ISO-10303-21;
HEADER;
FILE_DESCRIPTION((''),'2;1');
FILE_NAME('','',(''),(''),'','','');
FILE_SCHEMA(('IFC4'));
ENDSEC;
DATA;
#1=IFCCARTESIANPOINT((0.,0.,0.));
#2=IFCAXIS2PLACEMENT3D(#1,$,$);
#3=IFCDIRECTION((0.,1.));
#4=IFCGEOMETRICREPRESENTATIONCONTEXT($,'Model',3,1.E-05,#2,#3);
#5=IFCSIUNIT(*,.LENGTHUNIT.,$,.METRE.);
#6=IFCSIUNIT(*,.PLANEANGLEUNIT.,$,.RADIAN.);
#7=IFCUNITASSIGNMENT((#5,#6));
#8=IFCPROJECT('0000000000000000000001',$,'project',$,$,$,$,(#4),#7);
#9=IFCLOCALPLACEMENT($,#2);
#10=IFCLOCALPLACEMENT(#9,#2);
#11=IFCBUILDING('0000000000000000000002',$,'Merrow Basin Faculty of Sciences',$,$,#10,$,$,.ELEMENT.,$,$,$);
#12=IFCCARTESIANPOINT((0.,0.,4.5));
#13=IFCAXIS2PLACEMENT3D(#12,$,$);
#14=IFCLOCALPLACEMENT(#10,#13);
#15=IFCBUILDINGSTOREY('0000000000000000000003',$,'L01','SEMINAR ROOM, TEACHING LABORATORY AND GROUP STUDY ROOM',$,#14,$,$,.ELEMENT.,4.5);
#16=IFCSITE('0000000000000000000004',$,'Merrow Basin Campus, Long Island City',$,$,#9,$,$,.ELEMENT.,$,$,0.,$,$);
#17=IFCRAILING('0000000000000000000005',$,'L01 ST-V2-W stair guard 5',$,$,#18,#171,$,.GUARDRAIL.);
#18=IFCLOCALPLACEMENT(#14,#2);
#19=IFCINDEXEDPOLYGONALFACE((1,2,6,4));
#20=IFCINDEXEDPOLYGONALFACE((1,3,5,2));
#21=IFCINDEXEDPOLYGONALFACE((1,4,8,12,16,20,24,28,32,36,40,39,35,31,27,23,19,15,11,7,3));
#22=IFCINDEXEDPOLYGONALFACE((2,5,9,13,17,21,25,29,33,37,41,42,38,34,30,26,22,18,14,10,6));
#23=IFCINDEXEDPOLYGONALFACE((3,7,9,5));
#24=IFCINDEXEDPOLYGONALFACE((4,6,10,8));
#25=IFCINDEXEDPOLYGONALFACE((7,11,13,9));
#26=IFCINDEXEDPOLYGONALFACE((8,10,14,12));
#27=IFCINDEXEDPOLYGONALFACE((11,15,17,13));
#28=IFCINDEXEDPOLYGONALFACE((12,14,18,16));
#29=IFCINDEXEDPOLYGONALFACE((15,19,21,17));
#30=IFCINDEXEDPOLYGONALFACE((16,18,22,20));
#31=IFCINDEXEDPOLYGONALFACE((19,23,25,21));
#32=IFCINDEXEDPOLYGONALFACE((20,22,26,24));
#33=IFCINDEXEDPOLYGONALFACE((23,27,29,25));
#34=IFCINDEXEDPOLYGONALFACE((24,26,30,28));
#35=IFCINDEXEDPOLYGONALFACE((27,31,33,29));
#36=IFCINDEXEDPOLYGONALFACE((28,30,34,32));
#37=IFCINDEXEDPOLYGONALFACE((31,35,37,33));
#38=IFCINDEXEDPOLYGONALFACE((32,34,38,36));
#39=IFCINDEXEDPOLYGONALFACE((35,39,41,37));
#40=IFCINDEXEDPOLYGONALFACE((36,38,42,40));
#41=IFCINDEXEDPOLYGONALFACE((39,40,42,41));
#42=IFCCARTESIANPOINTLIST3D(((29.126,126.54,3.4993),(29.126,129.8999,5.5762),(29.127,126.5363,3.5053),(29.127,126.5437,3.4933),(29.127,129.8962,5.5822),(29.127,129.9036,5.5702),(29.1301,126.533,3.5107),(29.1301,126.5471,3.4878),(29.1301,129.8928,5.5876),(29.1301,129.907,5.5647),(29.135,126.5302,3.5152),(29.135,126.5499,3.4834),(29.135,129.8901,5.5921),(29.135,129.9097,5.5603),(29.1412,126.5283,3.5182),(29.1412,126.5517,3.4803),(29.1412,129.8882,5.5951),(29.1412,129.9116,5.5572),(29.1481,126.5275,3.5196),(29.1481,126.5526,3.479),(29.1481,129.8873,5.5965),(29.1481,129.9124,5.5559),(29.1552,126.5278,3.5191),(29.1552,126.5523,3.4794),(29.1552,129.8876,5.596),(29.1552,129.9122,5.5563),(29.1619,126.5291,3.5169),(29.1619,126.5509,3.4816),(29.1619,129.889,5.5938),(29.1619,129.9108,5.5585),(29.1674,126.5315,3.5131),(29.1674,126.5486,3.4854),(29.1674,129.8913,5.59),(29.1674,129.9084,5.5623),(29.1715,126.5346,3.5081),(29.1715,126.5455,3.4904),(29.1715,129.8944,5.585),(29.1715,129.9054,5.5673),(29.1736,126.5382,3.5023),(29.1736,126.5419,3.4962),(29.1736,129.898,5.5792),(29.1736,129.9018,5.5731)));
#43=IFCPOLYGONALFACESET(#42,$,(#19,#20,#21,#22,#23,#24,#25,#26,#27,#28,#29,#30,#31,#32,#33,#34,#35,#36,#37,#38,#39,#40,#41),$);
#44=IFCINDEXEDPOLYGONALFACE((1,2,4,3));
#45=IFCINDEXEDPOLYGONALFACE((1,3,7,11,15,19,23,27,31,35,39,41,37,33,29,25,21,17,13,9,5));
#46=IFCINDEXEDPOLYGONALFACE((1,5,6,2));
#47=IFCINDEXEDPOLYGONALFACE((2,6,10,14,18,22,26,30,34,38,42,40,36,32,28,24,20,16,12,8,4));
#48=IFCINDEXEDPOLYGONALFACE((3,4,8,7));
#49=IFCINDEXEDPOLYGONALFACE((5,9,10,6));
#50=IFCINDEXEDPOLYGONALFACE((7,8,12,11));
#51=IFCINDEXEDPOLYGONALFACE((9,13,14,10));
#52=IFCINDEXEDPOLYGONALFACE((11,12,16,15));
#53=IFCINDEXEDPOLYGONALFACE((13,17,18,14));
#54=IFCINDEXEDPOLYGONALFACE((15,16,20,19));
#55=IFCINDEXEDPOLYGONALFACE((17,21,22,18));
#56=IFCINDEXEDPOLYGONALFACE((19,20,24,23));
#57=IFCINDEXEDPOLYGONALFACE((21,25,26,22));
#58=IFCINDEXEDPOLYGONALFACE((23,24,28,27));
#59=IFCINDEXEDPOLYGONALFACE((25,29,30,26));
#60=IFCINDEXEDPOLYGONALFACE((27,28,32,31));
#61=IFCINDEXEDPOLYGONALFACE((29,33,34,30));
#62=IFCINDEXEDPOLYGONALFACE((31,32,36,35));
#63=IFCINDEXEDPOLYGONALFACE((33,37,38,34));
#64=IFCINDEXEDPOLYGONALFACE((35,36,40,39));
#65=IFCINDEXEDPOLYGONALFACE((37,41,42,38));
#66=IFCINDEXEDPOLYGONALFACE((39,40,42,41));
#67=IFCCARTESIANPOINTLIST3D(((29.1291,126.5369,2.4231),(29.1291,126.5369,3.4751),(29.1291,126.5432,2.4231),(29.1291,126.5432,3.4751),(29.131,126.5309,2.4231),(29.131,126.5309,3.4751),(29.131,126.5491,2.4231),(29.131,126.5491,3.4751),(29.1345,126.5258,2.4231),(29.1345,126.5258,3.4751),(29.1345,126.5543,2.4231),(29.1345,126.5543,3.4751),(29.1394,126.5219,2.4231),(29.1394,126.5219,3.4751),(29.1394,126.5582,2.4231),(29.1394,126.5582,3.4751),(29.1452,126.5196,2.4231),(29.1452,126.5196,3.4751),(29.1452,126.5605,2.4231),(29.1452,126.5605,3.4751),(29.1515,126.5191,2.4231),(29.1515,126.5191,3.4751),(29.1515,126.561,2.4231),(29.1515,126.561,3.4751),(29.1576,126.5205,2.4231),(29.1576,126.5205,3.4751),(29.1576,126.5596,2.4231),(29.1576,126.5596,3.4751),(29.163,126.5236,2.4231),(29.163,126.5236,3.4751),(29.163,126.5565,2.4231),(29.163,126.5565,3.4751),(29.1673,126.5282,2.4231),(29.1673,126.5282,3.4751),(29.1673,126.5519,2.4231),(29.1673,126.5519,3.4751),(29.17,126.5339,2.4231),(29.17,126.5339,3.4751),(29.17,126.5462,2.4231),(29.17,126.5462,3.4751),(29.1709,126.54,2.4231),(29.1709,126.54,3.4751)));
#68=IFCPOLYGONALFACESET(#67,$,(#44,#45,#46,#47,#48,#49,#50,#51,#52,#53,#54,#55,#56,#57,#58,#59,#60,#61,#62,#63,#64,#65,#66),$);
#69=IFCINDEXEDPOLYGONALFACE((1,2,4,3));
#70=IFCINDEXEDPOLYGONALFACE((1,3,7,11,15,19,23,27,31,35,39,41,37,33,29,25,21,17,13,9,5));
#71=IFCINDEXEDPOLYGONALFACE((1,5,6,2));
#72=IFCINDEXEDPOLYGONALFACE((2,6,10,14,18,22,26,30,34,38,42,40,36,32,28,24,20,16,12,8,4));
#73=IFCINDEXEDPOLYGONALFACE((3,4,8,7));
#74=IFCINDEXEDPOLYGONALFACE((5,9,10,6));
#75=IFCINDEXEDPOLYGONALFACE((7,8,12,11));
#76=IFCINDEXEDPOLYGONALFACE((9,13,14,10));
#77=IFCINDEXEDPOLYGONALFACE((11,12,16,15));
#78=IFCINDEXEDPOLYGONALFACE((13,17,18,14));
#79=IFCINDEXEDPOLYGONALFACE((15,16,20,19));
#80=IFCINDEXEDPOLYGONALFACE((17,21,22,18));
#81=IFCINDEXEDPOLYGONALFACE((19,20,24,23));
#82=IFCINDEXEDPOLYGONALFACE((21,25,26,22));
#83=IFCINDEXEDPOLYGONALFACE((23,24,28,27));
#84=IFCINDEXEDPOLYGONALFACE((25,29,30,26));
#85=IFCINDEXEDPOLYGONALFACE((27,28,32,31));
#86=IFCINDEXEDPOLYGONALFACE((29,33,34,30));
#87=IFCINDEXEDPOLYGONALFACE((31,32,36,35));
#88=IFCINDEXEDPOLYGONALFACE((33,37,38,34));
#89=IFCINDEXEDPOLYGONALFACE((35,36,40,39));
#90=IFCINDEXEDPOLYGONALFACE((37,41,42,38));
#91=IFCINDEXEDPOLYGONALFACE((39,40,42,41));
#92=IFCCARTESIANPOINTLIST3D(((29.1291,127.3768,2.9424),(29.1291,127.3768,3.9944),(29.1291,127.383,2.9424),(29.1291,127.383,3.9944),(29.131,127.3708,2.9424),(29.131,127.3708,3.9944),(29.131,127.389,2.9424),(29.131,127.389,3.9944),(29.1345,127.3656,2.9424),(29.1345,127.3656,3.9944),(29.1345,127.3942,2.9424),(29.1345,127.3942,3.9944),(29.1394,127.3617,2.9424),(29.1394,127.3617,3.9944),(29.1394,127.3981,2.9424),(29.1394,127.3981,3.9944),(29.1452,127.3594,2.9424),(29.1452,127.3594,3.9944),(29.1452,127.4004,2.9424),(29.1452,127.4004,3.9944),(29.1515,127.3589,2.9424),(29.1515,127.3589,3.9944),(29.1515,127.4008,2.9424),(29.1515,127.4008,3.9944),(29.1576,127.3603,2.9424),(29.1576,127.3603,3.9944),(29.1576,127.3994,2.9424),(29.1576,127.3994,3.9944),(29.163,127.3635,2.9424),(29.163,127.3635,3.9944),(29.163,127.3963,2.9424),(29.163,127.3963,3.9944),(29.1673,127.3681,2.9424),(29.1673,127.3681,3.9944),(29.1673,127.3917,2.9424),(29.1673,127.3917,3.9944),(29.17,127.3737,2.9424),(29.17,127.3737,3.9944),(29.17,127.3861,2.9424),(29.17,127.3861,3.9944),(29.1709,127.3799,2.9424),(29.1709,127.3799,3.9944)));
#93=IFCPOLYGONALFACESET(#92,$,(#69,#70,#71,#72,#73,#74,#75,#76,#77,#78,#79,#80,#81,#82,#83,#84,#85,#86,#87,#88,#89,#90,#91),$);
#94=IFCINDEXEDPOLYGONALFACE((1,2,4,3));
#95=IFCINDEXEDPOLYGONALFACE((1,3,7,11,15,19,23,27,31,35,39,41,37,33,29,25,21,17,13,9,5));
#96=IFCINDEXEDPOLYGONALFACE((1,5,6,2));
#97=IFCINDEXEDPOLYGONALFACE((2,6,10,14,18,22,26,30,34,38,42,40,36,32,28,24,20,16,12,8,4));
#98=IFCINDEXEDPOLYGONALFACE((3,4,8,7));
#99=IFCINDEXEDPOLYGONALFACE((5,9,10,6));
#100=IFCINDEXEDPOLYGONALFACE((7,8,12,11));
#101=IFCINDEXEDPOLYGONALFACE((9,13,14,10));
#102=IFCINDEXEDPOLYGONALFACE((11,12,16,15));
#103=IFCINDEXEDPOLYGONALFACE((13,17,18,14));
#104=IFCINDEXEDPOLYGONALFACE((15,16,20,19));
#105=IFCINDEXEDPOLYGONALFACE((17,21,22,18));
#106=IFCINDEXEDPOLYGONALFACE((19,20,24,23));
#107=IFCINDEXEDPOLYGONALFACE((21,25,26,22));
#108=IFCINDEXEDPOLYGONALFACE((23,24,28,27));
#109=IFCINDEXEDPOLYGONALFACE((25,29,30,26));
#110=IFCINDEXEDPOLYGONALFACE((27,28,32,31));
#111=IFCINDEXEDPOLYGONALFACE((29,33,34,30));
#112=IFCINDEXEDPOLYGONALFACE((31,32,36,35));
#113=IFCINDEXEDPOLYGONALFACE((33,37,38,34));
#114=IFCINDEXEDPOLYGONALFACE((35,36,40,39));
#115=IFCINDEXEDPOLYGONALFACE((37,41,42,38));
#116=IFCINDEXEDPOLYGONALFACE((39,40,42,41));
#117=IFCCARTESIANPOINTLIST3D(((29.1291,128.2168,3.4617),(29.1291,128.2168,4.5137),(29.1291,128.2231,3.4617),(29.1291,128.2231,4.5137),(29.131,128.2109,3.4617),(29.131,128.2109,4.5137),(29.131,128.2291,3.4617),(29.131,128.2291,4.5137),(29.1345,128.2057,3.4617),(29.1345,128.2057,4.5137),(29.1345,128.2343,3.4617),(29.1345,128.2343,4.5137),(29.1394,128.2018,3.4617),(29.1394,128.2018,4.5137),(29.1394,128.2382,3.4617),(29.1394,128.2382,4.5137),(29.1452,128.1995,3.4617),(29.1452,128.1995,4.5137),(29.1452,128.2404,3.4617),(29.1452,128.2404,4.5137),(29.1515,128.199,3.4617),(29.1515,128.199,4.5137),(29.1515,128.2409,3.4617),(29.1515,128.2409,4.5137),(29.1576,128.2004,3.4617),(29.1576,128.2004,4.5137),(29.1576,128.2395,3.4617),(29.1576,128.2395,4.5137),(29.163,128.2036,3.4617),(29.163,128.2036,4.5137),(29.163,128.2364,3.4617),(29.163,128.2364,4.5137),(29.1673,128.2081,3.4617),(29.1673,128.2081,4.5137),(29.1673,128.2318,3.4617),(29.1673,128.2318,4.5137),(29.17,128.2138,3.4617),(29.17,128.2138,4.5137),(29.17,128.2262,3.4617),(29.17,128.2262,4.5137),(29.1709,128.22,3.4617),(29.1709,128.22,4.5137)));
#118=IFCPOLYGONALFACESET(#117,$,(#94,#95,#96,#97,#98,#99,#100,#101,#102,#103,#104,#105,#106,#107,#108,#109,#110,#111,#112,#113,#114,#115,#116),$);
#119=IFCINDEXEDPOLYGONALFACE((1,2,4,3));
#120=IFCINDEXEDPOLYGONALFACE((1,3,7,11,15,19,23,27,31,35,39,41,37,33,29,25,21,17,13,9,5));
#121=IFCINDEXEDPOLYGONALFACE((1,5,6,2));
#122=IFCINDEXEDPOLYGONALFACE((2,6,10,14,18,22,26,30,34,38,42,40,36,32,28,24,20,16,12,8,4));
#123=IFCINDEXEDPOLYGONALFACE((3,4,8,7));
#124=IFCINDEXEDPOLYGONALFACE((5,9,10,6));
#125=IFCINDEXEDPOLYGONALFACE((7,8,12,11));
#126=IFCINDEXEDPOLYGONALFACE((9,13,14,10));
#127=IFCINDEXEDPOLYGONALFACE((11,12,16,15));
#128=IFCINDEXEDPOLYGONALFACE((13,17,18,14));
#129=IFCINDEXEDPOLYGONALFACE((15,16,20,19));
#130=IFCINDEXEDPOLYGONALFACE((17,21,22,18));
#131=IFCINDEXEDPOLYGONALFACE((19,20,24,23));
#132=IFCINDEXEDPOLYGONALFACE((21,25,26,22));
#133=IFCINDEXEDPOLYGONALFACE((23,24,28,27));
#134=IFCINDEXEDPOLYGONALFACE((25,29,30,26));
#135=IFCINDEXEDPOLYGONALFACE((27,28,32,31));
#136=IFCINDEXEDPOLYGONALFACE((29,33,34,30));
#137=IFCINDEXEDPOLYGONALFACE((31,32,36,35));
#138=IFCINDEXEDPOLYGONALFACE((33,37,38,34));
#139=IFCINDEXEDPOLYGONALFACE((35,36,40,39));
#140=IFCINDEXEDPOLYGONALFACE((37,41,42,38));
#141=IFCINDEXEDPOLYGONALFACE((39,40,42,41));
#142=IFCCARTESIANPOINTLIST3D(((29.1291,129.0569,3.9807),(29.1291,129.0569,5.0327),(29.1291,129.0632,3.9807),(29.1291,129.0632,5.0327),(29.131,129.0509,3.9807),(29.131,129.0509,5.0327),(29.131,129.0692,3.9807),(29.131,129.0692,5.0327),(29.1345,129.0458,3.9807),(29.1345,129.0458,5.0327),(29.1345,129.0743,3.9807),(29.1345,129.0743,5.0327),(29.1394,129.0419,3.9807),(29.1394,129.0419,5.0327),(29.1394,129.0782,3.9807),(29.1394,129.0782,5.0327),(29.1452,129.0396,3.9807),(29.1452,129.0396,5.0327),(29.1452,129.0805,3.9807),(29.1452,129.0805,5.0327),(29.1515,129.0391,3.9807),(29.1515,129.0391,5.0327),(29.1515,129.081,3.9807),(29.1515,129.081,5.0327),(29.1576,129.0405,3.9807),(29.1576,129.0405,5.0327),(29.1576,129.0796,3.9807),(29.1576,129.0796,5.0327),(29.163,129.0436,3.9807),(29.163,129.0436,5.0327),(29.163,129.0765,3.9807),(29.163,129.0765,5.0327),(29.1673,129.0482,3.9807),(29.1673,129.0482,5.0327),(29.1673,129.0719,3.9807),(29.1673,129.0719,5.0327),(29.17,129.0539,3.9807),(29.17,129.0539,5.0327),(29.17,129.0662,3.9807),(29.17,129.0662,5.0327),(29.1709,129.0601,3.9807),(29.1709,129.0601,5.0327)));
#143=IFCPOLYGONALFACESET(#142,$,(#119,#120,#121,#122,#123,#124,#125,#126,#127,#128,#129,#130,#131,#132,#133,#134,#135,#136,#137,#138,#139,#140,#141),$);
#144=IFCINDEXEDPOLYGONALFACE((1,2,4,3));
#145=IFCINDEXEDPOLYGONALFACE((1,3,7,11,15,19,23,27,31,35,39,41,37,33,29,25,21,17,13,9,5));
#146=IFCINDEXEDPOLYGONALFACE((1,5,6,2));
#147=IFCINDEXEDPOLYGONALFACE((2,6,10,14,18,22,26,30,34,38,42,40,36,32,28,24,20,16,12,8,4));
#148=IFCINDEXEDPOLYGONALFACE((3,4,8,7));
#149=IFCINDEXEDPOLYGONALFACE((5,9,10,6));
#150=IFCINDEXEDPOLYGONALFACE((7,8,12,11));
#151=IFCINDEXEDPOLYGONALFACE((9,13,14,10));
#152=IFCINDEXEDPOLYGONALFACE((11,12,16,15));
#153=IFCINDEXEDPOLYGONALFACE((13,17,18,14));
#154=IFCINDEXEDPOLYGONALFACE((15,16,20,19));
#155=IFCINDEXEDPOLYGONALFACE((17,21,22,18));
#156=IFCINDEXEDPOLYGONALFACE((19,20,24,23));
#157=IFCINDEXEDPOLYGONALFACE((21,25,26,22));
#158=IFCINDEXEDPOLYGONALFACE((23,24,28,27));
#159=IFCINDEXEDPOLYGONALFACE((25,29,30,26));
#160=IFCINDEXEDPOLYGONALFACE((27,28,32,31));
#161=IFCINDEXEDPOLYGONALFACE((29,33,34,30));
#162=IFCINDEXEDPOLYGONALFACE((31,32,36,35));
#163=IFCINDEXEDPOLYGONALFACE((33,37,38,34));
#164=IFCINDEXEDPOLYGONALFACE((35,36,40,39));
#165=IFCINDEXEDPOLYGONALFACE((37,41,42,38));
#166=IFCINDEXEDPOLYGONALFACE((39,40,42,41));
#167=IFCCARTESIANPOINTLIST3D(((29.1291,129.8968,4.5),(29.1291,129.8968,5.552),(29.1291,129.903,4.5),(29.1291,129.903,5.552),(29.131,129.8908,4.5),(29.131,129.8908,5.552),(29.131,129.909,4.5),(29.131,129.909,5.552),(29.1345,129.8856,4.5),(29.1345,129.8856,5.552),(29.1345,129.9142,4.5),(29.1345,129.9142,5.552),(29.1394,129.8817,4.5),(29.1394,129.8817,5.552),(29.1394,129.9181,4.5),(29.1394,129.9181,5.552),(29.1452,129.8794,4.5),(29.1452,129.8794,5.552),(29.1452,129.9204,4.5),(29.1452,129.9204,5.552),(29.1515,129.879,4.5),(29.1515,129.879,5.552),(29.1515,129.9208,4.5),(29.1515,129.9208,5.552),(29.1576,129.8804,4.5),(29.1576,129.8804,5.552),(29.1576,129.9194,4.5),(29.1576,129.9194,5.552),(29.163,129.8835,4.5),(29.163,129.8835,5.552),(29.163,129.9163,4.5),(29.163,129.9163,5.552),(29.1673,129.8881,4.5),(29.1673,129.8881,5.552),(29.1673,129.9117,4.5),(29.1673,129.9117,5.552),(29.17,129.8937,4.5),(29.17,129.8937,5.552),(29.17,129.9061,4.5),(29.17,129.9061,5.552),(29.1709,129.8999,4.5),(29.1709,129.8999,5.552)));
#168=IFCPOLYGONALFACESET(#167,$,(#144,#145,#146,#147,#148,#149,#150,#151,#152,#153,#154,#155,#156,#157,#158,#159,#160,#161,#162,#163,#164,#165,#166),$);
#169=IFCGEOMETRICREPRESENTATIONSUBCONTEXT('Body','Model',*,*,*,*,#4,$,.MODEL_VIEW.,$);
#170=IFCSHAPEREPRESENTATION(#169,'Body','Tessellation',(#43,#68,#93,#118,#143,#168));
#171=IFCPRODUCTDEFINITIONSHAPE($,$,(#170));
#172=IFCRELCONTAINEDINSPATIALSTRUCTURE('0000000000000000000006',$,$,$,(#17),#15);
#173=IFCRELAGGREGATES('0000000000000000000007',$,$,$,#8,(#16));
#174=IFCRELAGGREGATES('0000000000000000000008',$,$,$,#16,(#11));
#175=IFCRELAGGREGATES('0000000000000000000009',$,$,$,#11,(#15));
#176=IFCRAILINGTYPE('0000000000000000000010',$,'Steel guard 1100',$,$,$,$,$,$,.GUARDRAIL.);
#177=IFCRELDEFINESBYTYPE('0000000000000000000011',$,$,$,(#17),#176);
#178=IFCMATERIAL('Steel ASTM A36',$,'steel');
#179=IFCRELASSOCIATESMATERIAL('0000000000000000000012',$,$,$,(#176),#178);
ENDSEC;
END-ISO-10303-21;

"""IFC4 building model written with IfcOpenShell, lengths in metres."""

from ifc_helpers import new_model, si_unit, direction, frame, origin, origin_2d, place, context, subcontext, project, spatial, circle, extrude, material, type_object, element, save


model = new_model("IFC4")

# Units and contexts
model_context = context("Model", 3, precision=1e-05, world=origin(), true_north=direction((0.0, 1.0)))
body_context = subcontext(model_context, "Body", "Model", "MODEL_VIEW")
ifc_project = project(units=[si_unit("LENGTHUNIT", "METRE"), si_unit("PLANEANGLEUNIT", "RADIAN")], contexts=[model_context])

# Site, building, storey
site_placement = place(None, origin())
site = spatial("IfcSite", under=ifc_project, at=site_placement, Name="Merrow Basin Campus, Long Island City", CompositionType="ELEMENT", RefElevation=0.0)
building_placement = place(site_placement, origin())
building = spatial("IfcBuilding", under=site, at=building_placement, Name="Merrow Basin Faculty of Sciences", CompositionType="ELEMENT")
storey_placement = place(building_placement, frame((0.0, 0.0, 4.5)))
storey = spatial("IfcBuildingStorey", under=building, at=storey_placement, Name="L01", Description="SEMINAR ROOM, TEACHING LABORATORY AND GROUP STUDY ROOM", CompositionType="ELEMENT", Elevation=4.5)

# Railing
ifc_material_1 = material(Name="Steel ASTM A36", Category="steel")
railing_type_1 = type_object("IfcRailingType", Name="Steel guard 1100", PredefinedType="GUARDRAIL", material=ifc_material_1)
railing_1_placement = place(storey_placement, frame((29.1499, 126.54, 2.4231)))
element("IfcRailing", 1, at=railing_1_placement, inside=storey, type_object=railing_type_1, Name="L01 ST-V2-W stair guard 5", PredefinedType="GUARDRAIL", context=body_context, shape_type="SweptSolid", body=[
    extrude(circle(Radius=0.0239, at=origin_2d()), frame((0.0, 0.0, 1.0762), z_axis=(0.0, 0.850606, 0.525803), x_axis=(-1.0, 0.0, 0.0)), (0.0, 0.0, 1.0), 3.95),
    extrude(circle(Radius=0.021, at=origin_2d()), origin(), (0.0, 0.0, 1.0), 1.052),
    extrude(circle(Radius=0.021, at=origin_2d()), frame((0.0, 0.8398, 0.5193)), (0.0, 0.0, 1.0), 1.052),
    extrude(circle(Radius=0.021, at=origin_2d()), frame((0.0, 1.6799, 1.0386)), (0.0, 0.0, 1.0), 1.052),
    extrude(circle(Radius=0.021, at=origin_2d()), frame((0.0, 2.52, 1.5576)), (0.0, 0.0, 1.0), 1.052),
    extrude(circle(Radius=0.021, at=origin_2d()), frame((0.0, 3.3599, 2.0769)), (0.0, 0.0, 1.0), 1.052),
])

save(model, "model.ifc")
